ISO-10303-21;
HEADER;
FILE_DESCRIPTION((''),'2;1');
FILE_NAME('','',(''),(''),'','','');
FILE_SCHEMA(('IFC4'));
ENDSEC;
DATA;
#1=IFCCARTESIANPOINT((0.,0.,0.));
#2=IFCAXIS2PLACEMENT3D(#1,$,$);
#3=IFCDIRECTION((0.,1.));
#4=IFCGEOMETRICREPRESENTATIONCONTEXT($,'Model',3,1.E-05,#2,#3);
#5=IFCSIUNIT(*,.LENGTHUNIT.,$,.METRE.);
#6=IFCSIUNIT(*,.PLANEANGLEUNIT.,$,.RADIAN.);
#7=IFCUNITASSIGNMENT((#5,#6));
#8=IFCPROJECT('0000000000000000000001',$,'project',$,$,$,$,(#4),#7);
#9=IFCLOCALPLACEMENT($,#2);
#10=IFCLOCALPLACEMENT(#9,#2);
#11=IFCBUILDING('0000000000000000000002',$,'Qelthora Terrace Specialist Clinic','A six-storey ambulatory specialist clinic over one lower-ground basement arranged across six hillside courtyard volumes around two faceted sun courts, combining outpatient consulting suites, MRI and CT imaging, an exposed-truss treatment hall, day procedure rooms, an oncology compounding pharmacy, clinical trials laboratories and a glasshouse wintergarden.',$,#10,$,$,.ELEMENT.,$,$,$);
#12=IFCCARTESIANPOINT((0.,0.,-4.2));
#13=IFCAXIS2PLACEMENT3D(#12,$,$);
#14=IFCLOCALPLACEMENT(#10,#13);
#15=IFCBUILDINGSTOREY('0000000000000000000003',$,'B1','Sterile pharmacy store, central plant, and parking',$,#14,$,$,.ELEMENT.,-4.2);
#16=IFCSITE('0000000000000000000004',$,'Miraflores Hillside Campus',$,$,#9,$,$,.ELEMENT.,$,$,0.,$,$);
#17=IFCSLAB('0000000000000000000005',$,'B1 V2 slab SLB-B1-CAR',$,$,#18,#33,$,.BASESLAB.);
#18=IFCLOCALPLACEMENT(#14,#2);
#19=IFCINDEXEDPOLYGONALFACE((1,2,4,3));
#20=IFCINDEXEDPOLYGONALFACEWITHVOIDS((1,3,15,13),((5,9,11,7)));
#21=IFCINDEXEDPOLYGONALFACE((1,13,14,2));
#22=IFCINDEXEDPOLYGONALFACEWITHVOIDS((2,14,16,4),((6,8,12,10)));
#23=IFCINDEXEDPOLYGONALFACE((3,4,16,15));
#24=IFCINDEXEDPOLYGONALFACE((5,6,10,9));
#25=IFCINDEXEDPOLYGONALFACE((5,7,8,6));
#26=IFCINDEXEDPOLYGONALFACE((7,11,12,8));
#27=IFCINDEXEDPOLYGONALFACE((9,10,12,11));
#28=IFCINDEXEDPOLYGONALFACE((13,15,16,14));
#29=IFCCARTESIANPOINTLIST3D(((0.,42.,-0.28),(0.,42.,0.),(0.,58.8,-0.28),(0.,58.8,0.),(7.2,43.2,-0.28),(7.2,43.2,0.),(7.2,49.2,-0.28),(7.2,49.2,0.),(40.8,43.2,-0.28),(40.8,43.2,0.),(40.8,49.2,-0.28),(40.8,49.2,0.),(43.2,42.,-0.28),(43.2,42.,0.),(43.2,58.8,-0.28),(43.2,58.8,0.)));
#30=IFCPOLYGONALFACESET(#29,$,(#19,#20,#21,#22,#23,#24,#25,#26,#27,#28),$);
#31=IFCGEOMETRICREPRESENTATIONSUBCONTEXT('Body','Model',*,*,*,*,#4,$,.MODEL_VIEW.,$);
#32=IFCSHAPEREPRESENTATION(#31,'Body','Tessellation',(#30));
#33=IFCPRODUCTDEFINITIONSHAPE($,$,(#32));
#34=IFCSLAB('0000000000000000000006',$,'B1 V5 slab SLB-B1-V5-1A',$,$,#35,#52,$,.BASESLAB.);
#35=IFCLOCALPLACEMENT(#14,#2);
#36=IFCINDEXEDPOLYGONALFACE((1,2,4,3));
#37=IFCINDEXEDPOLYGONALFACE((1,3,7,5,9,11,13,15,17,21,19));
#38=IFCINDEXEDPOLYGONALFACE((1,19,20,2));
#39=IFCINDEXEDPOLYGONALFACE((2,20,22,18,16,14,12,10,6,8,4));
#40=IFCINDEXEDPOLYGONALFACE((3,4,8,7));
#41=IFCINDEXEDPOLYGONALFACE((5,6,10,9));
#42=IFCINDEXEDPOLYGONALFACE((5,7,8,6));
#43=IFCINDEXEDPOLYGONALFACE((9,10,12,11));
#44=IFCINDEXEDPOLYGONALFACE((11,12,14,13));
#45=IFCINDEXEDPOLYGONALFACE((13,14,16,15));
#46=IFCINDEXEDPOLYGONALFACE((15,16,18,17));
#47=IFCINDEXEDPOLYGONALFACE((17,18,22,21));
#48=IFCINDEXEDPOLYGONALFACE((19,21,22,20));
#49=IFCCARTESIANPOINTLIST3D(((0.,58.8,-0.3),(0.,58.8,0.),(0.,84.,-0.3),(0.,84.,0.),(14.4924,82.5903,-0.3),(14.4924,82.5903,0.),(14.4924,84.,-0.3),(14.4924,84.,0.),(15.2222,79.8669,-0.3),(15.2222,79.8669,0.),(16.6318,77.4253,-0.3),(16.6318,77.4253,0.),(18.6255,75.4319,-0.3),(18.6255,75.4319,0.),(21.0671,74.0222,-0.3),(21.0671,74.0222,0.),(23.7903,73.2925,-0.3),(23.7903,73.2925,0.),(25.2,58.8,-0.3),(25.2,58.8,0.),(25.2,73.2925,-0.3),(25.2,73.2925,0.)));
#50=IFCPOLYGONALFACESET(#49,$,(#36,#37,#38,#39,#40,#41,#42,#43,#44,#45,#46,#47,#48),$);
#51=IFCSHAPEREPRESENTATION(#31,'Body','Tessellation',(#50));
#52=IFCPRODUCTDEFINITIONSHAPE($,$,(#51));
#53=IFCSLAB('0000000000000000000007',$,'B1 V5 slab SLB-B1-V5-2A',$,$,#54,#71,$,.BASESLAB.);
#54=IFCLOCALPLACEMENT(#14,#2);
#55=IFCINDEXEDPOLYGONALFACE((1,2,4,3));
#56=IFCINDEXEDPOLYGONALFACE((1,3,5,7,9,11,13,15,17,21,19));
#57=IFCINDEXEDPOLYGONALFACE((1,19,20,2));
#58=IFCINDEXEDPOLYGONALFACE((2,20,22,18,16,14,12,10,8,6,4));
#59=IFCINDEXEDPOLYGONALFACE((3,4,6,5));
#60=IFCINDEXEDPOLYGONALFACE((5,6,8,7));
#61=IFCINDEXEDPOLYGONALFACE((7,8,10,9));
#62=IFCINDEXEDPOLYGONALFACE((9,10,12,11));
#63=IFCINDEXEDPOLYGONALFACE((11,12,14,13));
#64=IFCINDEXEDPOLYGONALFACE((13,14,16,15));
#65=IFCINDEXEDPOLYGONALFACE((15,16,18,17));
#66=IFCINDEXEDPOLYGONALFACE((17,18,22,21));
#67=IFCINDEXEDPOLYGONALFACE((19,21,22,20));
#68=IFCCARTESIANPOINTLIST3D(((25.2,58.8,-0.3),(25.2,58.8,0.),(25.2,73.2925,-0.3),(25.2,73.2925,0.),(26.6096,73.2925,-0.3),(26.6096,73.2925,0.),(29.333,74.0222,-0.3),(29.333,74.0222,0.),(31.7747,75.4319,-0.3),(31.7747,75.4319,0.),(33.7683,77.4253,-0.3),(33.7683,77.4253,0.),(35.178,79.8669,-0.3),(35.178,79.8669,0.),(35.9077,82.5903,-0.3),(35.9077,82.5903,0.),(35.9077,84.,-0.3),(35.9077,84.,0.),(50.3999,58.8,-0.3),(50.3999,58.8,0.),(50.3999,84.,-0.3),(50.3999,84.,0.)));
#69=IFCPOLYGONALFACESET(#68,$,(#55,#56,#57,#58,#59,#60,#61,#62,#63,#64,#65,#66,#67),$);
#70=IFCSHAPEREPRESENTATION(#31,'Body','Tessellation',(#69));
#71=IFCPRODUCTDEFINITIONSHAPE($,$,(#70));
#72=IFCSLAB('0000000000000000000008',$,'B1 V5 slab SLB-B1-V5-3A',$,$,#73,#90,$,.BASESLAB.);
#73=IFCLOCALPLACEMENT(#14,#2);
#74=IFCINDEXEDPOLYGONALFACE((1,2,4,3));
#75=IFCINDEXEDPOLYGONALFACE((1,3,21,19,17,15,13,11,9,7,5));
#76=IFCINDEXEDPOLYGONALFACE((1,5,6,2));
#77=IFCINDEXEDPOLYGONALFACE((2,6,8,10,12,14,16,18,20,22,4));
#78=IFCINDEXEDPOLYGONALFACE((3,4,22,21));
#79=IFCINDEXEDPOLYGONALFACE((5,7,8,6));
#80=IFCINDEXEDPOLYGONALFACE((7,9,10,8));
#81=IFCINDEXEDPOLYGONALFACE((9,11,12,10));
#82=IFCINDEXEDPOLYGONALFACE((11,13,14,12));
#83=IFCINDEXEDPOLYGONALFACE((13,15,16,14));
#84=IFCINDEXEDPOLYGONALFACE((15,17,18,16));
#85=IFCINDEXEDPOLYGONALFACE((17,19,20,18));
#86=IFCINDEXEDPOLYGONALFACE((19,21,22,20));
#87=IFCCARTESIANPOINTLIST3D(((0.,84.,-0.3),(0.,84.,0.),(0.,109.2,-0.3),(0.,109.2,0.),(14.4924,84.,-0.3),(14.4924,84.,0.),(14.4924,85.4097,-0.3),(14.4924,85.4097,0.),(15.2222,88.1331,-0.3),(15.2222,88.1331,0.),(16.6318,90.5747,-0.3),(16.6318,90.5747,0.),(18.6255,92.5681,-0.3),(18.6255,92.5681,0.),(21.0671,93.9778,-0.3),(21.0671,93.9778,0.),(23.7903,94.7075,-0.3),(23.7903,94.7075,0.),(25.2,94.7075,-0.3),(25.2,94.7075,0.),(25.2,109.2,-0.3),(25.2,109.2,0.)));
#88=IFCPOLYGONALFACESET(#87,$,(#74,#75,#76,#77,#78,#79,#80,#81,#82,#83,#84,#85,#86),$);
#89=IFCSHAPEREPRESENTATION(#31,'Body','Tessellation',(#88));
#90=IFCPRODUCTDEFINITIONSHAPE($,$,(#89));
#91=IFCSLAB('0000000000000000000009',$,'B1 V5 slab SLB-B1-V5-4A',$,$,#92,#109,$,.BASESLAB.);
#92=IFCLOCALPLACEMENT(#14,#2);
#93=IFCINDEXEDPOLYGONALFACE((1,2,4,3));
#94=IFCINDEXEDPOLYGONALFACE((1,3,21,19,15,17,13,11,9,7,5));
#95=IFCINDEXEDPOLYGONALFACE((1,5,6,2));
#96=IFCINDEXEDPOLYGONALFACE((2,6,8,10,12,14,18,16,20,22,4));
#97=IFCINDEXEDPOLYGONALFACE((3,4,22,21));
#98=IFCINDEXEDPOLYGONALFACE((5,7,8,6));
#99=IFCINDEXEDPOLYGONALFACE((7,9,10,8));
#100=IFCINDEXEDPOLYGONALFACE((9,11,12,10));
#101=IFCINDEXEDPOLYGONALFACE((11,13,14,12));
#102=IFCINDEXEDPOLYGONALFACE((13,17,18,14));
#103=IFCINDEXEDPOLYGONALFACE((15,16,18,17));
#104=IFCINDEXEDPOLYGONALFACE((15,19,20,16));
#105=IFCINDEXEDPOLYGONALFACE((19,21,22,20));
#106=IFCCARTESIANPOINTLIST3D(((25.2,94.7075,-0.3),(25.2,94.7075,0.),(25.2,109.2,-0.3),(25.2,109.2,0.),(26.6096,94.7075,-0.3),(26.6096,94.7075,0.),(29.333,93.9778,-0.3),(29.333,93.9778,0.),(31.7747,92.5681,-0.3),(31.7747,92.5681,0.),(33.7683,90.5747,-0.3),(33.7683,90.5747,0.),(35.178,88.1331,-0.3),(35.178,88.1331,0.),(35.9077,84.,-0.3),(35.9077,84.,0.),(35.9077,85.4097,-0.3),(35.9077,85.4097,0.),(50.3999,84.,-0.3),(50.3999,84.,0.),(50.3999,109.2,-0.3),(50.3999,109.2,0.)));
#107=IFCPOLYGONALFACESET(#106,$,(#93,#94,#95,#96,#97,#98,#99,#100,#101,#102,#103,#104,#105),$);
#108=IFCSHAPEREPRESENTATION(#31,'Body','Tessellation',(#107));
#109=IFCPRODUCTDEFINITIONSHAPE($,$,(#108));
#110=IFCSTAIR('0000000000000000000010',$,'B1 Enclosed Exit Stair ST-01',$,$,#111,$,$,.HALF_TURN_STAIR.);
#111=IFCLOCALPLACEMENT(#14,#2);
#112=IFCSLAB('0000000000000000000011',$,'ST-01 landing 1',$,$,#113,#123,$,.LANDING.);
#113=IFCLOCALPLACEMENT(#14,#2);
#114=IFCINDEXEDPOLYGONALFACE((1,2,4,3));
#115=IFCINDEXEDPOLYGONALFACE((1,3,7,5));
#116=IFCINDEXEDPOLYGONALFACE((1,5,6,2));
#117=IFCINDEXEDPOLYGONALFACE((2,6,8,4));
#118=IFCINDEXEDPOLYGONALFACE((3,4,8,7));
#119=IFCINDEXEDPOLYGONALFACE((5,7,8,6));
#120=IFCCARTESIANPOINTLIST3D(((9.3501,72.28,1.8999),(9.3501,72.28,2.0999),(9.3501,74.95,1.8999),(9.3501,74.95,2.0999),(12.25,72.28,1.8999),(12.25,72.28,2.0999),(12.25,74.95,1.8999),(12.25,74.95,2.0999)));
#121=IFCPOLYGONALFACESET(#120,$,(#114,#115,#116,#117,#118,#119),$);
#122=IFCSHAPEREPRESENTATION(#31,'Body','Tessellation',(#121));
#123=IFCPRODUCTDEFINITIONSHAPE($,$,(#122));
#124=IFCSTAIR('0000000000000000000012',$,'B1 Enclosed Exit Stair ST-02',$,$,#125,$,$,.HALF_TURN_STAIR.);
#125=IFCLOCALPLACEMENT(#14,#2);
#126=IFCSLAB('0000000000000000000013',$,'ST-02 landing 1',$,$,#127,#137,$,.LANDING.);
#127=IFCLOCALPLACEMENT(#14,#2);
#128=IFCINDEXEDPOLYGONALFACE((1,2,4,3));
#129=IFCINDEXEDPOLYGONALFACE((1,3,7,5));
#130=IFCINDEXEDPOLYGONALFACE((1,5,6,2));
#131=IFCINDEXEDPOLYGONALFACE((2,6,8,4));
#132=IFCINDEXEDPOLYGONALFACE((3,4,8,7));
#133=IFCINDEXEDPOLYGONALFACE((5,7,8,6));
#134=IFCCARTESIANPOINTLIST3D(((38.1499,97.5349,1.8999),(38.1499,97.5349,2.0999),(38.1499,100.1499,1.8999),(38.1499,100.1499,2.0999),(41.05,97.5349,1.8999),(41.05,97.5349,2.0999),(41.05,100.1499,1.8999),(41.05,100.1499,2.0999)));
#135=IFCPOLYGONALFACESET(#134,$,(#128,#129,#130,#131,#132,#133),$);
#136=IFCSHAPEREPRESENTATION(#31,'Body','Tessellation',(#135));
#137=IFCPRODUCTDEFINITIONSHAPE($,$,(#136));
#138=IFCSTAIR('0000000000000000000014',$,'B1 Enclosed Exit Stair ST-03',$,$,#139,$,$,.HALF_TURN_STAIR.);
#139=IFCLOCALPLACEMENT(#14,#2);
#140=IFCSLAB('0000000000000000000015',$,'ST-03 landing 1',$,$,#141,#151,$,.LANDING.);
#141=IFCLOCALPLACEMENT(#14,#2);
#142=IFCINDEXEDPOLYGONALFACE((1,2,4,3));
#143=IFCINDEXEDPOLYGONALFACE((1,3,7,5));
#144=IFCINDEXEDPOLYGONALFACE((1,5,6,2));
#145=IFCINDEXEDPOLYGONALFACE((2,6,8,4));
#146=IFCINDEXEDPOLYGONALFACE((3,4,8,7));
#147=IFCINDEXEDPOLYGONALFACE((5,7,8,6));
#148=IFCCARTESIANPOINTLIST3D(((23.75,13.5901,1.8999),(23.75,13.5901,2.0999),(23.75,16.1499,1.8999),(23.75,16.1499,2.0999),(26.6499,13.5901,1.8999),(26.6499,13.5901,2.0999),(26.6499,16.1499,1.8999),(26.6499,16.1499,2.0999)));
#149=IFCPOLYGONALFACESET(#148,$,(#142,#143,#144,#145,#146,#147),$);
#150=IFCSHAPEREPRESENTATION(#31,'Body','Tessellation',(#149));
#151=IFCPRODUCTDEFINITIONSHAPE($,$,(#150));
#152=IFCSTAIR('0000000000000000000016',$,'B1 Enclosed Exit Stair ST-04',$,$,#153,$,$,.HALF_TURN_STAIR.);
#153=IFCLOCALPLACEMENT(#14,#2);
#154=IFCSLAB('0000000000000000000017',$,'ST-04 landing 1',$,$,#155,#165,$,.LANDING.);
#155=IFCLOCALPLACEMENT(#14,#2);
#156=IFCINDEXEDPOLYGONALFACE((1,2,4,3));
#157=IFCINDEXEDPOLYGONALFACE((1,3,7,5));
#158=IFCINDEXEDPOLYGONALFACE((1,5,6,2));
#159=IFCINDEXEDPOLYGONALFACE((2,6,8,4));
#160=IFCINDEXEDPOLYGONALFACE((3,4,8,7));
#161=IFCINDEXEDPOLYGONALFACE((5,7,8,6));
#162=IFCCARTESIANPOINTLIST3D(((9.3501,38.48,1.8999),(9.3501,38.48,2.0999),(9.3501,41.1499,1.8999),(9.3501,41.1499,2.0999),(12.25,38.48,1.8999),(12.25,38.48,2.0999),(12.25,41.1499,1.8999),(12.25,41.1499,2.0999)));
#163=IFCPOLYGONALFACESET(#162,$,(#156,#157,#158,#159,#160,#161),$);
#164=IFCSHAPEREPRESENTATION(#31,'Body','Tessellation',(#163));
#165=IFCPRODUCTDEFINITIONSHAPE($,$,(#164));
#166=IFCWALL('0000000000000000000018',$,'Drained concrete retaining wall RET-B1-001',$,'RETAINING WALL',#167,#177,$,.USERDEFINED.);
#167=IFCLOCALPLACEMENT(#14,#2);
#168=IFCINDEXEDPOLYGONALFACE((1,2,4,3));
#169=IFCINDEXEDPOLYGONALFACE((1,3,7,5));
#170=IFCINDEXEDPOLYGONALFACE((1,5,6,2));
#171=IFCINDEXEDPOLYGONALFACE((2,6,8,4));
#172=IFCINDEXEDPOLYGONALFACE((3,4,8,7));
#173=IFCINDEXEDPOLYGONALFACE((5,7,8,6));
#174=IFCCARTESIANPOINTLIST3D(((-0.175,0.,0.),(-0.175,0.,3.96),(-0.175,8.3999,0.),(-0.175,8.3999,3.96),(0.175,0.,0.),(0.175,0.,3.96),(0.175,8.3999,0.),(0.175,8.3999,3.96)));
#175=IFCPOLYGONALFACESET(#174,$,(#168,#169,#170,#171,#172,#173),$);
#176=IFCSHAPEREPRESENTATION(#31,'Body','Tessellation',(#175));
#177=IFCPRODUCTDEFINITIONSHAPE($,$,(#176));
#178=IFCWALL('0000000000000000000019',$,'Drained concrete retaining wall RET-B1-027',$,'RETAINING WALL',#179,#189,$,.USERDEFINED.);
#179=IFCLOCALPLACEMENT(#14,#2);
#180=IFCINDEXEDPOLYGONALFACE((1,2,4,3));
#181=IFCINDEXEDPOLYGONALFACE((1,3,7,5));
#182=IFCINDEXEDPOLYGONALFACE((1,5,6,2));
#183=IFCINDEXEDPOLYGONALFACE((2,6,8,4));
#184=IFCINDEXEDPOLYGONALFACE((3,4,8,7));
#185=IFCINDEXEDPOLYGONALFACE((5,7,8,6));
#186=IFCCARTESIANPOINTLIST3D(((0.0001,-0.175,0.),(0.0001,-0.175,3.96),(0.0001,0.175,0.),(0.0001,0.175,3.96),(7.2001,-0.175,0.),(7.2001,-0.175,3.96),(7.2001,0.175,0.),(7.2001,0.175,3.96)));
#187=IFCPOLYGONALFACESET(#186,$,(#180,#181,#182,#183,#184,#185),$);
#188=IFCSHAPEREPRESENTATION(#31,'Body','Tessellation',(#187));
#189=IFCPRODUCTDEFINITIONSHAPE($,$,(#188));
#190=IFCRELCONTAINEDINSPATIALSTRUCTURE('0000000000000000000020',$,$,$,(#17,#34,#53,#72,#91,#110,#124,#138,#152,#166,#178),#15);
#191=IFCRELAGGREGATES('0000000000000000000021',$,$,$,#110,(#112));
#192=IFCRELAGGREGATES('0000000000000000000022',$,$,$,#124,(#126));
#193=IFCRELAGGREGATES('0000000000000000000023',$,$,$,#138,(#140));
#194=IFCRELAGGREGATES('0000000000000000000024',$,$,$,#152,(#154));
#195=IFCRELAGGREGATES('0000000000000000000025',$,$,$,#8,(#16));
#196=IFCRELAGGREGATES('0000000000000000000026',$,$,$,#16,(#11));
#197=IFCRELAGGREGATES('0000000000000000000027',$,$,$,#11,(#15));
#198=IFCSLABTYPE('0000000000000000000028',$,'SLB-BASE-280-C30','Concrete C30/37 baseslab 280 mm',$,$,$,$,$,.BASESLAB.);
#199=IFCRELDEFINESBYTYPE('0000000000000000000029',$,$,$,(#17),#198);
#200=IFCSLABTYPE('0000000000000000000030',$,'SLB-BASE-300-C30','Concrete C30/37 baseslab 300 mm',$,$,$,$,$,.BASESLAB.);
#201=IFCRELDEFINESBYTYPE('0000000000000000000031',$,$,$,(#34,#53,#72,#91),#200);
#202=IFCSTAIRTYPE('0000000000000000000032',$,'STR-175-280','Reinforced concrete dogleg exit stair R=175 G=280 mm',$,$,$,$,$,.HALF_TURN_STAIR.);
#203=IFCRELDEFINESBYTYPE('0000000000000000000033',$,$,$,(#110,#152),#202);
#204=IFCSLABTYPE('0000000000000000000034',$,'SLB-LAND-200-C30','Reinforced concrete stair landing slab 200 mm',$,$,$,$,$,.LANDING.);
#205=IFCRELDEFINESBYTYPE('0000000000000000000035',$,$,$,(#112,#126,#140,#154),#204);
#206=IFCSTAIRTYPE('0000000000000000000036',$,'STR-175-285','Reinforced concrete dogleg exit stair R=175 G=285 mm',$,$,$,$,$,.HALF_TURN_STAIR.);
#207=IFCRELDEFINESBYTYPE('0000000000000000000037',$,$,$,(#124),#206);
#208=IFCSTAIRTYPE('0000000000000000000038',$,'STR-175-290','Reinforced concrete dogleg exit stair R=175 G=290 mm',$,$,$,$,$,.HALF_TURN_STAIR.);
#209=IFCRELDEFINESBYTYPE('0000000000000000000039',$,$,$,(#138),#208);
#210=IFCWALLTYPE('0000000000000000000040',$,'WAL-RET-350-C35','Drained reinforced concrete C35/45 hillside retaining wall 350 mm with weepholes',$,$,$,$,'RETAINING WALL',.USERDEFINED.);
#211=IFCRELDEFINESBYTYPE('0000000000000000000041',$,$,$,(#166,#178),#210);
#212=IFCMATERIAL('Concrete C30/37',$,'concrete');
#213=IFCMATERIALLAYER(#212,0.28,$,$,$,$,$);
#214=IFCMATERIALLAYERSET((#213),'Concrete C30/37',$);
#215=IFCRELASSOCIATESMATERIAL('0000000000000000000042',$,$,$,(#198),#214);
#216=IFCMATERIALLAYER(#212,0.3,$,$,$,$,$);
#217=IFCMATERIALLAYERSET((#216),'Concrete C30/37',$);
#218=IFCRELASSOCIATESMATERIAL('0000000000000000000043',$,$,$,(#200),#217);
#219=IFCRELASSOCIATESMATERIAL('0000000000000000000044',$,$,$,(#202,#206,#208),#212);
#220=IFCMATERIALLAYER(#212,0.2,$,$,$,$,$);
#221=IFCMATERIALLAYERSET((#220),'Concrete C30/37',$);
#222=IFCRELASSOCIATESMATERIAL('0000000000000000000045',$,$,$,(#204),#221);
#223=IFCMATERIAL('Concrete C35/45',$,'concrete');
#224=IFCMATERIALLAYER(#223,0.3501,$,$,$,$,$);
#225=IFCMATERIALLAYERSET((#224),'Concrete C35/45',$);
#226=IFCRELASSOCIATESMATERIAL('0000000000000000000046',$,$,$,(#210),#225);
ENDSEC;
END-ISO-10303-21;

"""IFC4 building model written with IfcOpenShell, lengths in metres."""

from ifc_helpers import new_model, si_unit, direction, frame, frame_2d, origin, origin_with_axes, place, context, subcontext, project, spatial, polyline, rectangle, outline, extrude, material, layer, layer_set, type_object, element, aggregate, save


model = new_model("IFC4")

# Units and contexts
model_context = context("Model", 3, precision=1e-05, world=origin(), true_north=direction((0.0, 1.0)))
body_context = subcontext(model_context, "Body", "Model", "MODEL_VIEW")
ifc_project = project(units=[si_unit("LENGTHUNIT", "METRE"), si_unit("PLANEANGLEUNIT", "RADIAN")], contexts=[model_context])

# Site, building, storey
site_placement = place(None, origin())
site = spatial("IfcSite", under=ifc_project, at=site_placement, Name="Miraflores Hillside Campus", CompositionType="ELEMENT", RefElevation=0.0)
building_placement = place(site_placement, origin())
building = spatial("IfcBuilding", under=site, at=building_placement, Name="Qelthora Terrace Specialist Clinic", Description="A six-storey ambulatory specialist clinic over one lower-ground basement arranged across six hillside courtyard volumes around two faceted sun courts, combining outpatient consulting suites, MRI and CT imaging, an exposed-truss treatment hall, day procedure rooms, an oncology compounding pharmacy, clinical trials laboratories and a glasshouse wintergarden.", CompositionType="ELEMENT")
storey_placement = place(building_placement, frame((0.0, 0.0, -4.2)))
storey = spatial("IfcBuildingStorey", under=building, at=storey_placement, Name="B1", Description="Sterile pharmacy store, central plant, and parking", CompositionType="ELEMENT", Elevation=-4.2)

# Shared definitions
ifc_material_1 = material(Name="Concrete C35/45", Category="concrete")

# Slabs
ifc_material_2 = material(Name="Concrete C30/37", Category="concrete")
ifc_layer_1 = layer(ifc_material_2, 0.28)
ifc_layer_set_1 = layer_set([ifc_layer_1], Name="Concrete C30/37")
slab_type_1 = type_object("IfcSlabType", Name="SLB-BASE-280-C30", Description="Concrete C30/37 baseslab 280 mm", PredefinedType="BASESLAB", material=ifc_layer_set_1)
slab_1_placement = place(storey_placement, frame((0.0, 0.0, -0.28)))
element("IfcSlab", 1, at=slab_1_placement, inside=storey, type_object=slab_type_1, Name="B1 V2 slab SLB-B1-CAR", PredefinedType="BASESLAB", context=body_context, shape_type="SweptSolid", body=[
    extrude(outline(polyline([(0.0, 42.0), (0.0, 58.8), (43.2, 58.8), (43.2, 42.0), (0.0, 42.0)]), holes=[polyline([(7.2, 43.2), (40.8, 43.2), (40.8, 49.2), (7.2, 49.2), (7.2, 43.2)])]), origin(), (0.0, 0.0, 1.0), 0.28),
])
ifc_layer_2 = layer(ifc_material_2, 0.3)
ifc_layer_set_2 = layer_set([ifc_layer_2], Name="Concrete C30/37")
slab_type_2 = type_object("IfcSlabType", Name="SLB-BASE-300-C30", Description="Concrete C30/37 baseslab 300 mm", PredefinedType="BASESLAB", material=ifc_layer_set_2)
slab_2_placement = place(storey_placement, frame((0.0, 0.0, -0.3)))
element("IfcSlab", 2, at=slab_2_placement, inside=storey, type_object=slab_type_2, Name="B1 V5 slab SLB-B1-V5-1A", PredefinedType="BASESLAB", context=body_context, shape_type="SweptSolid", body=[
    extrude(outline(polyline([(25.2, 58.8), (0.0, 58.8), (0.0, 84.0), (14.4924, 84.0), (14.4924, 82.5903), (15.2222, 79.8669), (16.6318, 77.4253), (18.6255, 75.4319), (21.0671, 74.0222), (23.7903, 73.2925), (25.2, 73.2925), (25.2, 58.8)])), origin(), (0.0, 0.0, 1.0), 0.3),
])
slab_3_placement = place(storey_placement, frame((0.0, 0.0, -0.3)))
element("IfcSlab", 3, at=slab_3_placement, inside=storey, type_object=slab_type_2, Name="B1 V5 slab SLB-B1-V5-2A", PredefinedType="BASESLAB", context=body_context, shape_type="SweptSolid", body=[
    extrude(outline(polyline([(50.3999, 84.0), (50.3999, 58.8), (25.2, 58.8), (25.2, 73.2925), (26.6096, 73.2925), (29.333, 74.0222), (31.7747, 75.4319), (33.7683, 77.4253), (35.178, 79.8669), (35.9077, 82.5903), (35.9077, 84.0), (50.3999, 84.0)])), origin(), (0.0, 0.0, 1.0), 0.3),
])
slab_4_placement = place(storey_placement, frame((0.0, 0.0, -0.3)))
element("IfcSlab", 4, at=slab_4_placement, inside=storey, type_object=slab_type_2, Name="B1 V5 slab SLB-B1-V5-3A", PredefinedType="BASESLAB", context=body_context, shape_type="SweptSolid", body=[
    extrude(outline(polyline([(0.0, 84.0), (0.0, 109.2), (25.2, 109.2), (25.2, 94.7075), (23.7903, 94.7075), (21.0671, 93.9778), (18.6255, 92.5681), (16.6318, 90.5747), (15.2222, 88.1331), (14.4924, 85.4097), (14.4924, 84.0), (0.0, 84.0)])), origin(), (0.0, 0.0, 1.0), 0.3),
])
slab_5_placement = place(storey_placement, frame((0.0, 0.0, -0.3)))
element("IfcSlab", 5, at=slab_5_placement, inside=storey, type_object=slab_type_2, Name="B1 V5 slab SLB-B1-V5-4A", PredefinedType="BASESLAB", context=body_context, shape_type="SweptSolid", body=[
    extrude(outline(polyline([(25.2, 109.2), (50.3999, 109.2), (50.3999, 84.0), (35.9077, 84.0), (35.9077, 85.4097), (35.178, 88.1331), (33.7683, 90.5747), (31.7747, 92.5681), (29.333, 93.9778), (26.6096, 94.7075), (25.2, 94.7075), (25.2, 109.2)])), origin(), (0.0, 0.0, 1.0), 0.3),
])

# Stairs, slabs
stair_type_1 = type_object("IfcStairType", Name="STR-175-280", Description="Reinforced concrete dogleg exit stair R=175 G=280 mm", PredefinedType="HALF_TURN_STAIR", material=ifc_material_2)
stair_1_placement = place(storey_placement, origin())
stair_1 = element("IfcStair", 6, at=stair_1_placement, inside=storey, type_object=stair_type_1, Name="B1 Enclosed Exit Stair ST-01", PredefinedType="HALF_TURN_STAIR")
ifc_layer_3 = layer(ifc_material_2, 0.2)
ifc_layer_set_3 = layer_set([ifc_layer_3], Name="Concrete C30/37")
slab_type_3 = type_object("IfcSlabType", Name="SLB-LAND-200-C30", Description="Reinforced concrete stair landing slab 200 mm", PredefinedType="LANDING", material=ifc_layer_set_3)
slab_6_placement = place(storey_placement, frame((0.0, 0.0, 1.8999)))
slab_6 = element("IfcSlab", 7, at=slab_6_placement, type_object=slab_type_3, Name="ST-01 landing 1", PredefinedType="LANDING", context=body_context, shape_type="SweptSolid", body=[
    extrude(outline(polyline([(12.25, 72.28), (12.25, 74.95), (9.3501, 74.95), (9.3501, 72.28), (12.25, 72.28)])), origin(), (0.0, 0.0, 1.0), 0.2),
])
aggregate(stair_1, [slab_6])
stair_type_2 = type_object("IfcStairType", Name="STR-175-285", Description="Reinforced concrete dogleg exit stair R=175 G=285 mm", PredefinedType="HALF_TURN_STAIR", material=ifc_material_2)
stair_2_placement = place(storey_placement, origin())
stair_2 = element("IfcStair", 8, at=stair_2_placement, inside=storey, type_object=stair_type_2, Name="B1 Enclosed Exit Stair ST-02", PredefinedType="HALF_TURN_STAIR")
slab_7_placement = place(storey_placement, frame((0.0, 0.0, 1.8999)))
slab_7 = element("IfcSlab", 9, at=slab_7_placement, type_object=slab_type_3, Name="ST-02 landing 1", PredefinedType="LANDING", context=body_context, shape_type="SweptSolid", body=[
    extrude(outline(polyline([(41.05, 97.5349), (41.05, 100.1499), (38.1499, 100.1499), (38.1499, 97.5349), (41.05, 97.5349)])), origin(), (0.0, 0.0, 1.0), 0.2),
])
aggregate(stair_2, [slab_7])
stair_type_3 = type_object("IfcStairType", Name="STR-175-290", Description="Reinforced concrete dogleg exit stair R=175 G=290 mm", PredefinedType="HALF_TURN_STAIR", material=ifc_material_2)
stair_3_placement = place(storey_placement, origin())
stair_3 = element("IfcStair", 10, at=stair_3_placement, inside=storey, type_object=stair_type_3, Name="B1 Enclosed Exit Stair ST-03", PredefinedType="HALF_TURN_STAIR")
slab_8_placement = place(storey_placement, frame((0.0, 0.0, 1.8999)))
slab_8 = element("IfcSlab", 11, at=slab_8_placement, type_object=slab_type_3, Name="ST-03 landing 1", PredefinedType="LANDING", context=body_context, shape_type="SweptSolid", body=[
    extrude(outline(polyline([(26.6499, 13.5901), (26.6499, 16.1499), (23.75, 16.1499), (23.75, 13.5901), (26.6499, 13.5901)])), origin(), (0.0, 0.0, 1.0), 0.2),
])
aggregate(stair_3, [slab_8])
stair_4_placement = place(storey_placement, origin())
stair_4 = element("IfcStair", 12, at=stair_4_placement, inside=storey, type_object=stair_type_1, Name="B1 Enclosed Exit Stair ST-04", PredefinedType="HALF_TURN_STAIR")
slab_9_placement = place(storey_placement, frame((0.0, 0.0, 1.8999)))
slab_9 = element("IfcSlab", 13, at=slab_9_placement, type_object=slab_type_3, Name="ST-04 landing 1", PredefinedType="LANDING", context=body_context, shape_type="SweptSolid", body=[
    extrude(outline(polyline([(12.25, 38.48), (12.25, 41.1499), (9.3501, 41.1499), (9.3501, 38.48), (12.25, 38.48)])), origin(), (0.0, 0.0, 1.0), 0.2),
])
aggregate(stair_4, [slab_9])

# Walls
ifc_layer_4 = layer(ifc_material_1, 0.3501)
ifc_layer_set_4 = layer_set([ifc_layer_4], Name="Concrete C35/45")
wall_type = type_object("IfcWallType", Name="WAL-RET-350-C35", Description="Drained reinforced concrete C35/45 hillside retaining wall 350 mm with weepholes", ElementType="RETAINING WALL", PredefinedType="USERDEFINED", material=ifc_layer_set_4)
wall_1_placement = place(storey_placement, frame((0.0, 0.0, 0.0), z_axis=(0.0, 0.0, 1.0), x_axis=(0.0, 1.0, 0.0)))
element("IfcWall", 14, at=wall_1_placement, inside=storey, type_object=wall_type, Name="Drained concrete retaining wall RET-B1-001", ObjectType="RETAINING WALL", PredefinedType="USERDEFINED", context=body_context, shape_type="SweptSolid", body=[
    extrude(rectangle(XDim=8.3999, YDim=0.3501, at=frame_2d((4.2, 0.0))), origin(), (0.0, 0.0, 1.0), 3.96),
])
wall_2_placement = place(storey_placement, origin_with_axes())
element("IfcWall", 15, at=wall_2_placement, inside=storey, type_object=wall_type, Name="Drained concrete retaining wall RET-B1-027", ObjectType="RETAINING WALL", PredefinedType="USERDEFINED", context=body_context, shape_type="SweptSolid", body=[
    extrude(rectangle(XDim=7.2, YDim=0.3501, at=frame_2d((3.6001, 0.0))), origin(), (0.0, 0.0, 1.0), 3.96),
])

save(model, "model.ifc")
